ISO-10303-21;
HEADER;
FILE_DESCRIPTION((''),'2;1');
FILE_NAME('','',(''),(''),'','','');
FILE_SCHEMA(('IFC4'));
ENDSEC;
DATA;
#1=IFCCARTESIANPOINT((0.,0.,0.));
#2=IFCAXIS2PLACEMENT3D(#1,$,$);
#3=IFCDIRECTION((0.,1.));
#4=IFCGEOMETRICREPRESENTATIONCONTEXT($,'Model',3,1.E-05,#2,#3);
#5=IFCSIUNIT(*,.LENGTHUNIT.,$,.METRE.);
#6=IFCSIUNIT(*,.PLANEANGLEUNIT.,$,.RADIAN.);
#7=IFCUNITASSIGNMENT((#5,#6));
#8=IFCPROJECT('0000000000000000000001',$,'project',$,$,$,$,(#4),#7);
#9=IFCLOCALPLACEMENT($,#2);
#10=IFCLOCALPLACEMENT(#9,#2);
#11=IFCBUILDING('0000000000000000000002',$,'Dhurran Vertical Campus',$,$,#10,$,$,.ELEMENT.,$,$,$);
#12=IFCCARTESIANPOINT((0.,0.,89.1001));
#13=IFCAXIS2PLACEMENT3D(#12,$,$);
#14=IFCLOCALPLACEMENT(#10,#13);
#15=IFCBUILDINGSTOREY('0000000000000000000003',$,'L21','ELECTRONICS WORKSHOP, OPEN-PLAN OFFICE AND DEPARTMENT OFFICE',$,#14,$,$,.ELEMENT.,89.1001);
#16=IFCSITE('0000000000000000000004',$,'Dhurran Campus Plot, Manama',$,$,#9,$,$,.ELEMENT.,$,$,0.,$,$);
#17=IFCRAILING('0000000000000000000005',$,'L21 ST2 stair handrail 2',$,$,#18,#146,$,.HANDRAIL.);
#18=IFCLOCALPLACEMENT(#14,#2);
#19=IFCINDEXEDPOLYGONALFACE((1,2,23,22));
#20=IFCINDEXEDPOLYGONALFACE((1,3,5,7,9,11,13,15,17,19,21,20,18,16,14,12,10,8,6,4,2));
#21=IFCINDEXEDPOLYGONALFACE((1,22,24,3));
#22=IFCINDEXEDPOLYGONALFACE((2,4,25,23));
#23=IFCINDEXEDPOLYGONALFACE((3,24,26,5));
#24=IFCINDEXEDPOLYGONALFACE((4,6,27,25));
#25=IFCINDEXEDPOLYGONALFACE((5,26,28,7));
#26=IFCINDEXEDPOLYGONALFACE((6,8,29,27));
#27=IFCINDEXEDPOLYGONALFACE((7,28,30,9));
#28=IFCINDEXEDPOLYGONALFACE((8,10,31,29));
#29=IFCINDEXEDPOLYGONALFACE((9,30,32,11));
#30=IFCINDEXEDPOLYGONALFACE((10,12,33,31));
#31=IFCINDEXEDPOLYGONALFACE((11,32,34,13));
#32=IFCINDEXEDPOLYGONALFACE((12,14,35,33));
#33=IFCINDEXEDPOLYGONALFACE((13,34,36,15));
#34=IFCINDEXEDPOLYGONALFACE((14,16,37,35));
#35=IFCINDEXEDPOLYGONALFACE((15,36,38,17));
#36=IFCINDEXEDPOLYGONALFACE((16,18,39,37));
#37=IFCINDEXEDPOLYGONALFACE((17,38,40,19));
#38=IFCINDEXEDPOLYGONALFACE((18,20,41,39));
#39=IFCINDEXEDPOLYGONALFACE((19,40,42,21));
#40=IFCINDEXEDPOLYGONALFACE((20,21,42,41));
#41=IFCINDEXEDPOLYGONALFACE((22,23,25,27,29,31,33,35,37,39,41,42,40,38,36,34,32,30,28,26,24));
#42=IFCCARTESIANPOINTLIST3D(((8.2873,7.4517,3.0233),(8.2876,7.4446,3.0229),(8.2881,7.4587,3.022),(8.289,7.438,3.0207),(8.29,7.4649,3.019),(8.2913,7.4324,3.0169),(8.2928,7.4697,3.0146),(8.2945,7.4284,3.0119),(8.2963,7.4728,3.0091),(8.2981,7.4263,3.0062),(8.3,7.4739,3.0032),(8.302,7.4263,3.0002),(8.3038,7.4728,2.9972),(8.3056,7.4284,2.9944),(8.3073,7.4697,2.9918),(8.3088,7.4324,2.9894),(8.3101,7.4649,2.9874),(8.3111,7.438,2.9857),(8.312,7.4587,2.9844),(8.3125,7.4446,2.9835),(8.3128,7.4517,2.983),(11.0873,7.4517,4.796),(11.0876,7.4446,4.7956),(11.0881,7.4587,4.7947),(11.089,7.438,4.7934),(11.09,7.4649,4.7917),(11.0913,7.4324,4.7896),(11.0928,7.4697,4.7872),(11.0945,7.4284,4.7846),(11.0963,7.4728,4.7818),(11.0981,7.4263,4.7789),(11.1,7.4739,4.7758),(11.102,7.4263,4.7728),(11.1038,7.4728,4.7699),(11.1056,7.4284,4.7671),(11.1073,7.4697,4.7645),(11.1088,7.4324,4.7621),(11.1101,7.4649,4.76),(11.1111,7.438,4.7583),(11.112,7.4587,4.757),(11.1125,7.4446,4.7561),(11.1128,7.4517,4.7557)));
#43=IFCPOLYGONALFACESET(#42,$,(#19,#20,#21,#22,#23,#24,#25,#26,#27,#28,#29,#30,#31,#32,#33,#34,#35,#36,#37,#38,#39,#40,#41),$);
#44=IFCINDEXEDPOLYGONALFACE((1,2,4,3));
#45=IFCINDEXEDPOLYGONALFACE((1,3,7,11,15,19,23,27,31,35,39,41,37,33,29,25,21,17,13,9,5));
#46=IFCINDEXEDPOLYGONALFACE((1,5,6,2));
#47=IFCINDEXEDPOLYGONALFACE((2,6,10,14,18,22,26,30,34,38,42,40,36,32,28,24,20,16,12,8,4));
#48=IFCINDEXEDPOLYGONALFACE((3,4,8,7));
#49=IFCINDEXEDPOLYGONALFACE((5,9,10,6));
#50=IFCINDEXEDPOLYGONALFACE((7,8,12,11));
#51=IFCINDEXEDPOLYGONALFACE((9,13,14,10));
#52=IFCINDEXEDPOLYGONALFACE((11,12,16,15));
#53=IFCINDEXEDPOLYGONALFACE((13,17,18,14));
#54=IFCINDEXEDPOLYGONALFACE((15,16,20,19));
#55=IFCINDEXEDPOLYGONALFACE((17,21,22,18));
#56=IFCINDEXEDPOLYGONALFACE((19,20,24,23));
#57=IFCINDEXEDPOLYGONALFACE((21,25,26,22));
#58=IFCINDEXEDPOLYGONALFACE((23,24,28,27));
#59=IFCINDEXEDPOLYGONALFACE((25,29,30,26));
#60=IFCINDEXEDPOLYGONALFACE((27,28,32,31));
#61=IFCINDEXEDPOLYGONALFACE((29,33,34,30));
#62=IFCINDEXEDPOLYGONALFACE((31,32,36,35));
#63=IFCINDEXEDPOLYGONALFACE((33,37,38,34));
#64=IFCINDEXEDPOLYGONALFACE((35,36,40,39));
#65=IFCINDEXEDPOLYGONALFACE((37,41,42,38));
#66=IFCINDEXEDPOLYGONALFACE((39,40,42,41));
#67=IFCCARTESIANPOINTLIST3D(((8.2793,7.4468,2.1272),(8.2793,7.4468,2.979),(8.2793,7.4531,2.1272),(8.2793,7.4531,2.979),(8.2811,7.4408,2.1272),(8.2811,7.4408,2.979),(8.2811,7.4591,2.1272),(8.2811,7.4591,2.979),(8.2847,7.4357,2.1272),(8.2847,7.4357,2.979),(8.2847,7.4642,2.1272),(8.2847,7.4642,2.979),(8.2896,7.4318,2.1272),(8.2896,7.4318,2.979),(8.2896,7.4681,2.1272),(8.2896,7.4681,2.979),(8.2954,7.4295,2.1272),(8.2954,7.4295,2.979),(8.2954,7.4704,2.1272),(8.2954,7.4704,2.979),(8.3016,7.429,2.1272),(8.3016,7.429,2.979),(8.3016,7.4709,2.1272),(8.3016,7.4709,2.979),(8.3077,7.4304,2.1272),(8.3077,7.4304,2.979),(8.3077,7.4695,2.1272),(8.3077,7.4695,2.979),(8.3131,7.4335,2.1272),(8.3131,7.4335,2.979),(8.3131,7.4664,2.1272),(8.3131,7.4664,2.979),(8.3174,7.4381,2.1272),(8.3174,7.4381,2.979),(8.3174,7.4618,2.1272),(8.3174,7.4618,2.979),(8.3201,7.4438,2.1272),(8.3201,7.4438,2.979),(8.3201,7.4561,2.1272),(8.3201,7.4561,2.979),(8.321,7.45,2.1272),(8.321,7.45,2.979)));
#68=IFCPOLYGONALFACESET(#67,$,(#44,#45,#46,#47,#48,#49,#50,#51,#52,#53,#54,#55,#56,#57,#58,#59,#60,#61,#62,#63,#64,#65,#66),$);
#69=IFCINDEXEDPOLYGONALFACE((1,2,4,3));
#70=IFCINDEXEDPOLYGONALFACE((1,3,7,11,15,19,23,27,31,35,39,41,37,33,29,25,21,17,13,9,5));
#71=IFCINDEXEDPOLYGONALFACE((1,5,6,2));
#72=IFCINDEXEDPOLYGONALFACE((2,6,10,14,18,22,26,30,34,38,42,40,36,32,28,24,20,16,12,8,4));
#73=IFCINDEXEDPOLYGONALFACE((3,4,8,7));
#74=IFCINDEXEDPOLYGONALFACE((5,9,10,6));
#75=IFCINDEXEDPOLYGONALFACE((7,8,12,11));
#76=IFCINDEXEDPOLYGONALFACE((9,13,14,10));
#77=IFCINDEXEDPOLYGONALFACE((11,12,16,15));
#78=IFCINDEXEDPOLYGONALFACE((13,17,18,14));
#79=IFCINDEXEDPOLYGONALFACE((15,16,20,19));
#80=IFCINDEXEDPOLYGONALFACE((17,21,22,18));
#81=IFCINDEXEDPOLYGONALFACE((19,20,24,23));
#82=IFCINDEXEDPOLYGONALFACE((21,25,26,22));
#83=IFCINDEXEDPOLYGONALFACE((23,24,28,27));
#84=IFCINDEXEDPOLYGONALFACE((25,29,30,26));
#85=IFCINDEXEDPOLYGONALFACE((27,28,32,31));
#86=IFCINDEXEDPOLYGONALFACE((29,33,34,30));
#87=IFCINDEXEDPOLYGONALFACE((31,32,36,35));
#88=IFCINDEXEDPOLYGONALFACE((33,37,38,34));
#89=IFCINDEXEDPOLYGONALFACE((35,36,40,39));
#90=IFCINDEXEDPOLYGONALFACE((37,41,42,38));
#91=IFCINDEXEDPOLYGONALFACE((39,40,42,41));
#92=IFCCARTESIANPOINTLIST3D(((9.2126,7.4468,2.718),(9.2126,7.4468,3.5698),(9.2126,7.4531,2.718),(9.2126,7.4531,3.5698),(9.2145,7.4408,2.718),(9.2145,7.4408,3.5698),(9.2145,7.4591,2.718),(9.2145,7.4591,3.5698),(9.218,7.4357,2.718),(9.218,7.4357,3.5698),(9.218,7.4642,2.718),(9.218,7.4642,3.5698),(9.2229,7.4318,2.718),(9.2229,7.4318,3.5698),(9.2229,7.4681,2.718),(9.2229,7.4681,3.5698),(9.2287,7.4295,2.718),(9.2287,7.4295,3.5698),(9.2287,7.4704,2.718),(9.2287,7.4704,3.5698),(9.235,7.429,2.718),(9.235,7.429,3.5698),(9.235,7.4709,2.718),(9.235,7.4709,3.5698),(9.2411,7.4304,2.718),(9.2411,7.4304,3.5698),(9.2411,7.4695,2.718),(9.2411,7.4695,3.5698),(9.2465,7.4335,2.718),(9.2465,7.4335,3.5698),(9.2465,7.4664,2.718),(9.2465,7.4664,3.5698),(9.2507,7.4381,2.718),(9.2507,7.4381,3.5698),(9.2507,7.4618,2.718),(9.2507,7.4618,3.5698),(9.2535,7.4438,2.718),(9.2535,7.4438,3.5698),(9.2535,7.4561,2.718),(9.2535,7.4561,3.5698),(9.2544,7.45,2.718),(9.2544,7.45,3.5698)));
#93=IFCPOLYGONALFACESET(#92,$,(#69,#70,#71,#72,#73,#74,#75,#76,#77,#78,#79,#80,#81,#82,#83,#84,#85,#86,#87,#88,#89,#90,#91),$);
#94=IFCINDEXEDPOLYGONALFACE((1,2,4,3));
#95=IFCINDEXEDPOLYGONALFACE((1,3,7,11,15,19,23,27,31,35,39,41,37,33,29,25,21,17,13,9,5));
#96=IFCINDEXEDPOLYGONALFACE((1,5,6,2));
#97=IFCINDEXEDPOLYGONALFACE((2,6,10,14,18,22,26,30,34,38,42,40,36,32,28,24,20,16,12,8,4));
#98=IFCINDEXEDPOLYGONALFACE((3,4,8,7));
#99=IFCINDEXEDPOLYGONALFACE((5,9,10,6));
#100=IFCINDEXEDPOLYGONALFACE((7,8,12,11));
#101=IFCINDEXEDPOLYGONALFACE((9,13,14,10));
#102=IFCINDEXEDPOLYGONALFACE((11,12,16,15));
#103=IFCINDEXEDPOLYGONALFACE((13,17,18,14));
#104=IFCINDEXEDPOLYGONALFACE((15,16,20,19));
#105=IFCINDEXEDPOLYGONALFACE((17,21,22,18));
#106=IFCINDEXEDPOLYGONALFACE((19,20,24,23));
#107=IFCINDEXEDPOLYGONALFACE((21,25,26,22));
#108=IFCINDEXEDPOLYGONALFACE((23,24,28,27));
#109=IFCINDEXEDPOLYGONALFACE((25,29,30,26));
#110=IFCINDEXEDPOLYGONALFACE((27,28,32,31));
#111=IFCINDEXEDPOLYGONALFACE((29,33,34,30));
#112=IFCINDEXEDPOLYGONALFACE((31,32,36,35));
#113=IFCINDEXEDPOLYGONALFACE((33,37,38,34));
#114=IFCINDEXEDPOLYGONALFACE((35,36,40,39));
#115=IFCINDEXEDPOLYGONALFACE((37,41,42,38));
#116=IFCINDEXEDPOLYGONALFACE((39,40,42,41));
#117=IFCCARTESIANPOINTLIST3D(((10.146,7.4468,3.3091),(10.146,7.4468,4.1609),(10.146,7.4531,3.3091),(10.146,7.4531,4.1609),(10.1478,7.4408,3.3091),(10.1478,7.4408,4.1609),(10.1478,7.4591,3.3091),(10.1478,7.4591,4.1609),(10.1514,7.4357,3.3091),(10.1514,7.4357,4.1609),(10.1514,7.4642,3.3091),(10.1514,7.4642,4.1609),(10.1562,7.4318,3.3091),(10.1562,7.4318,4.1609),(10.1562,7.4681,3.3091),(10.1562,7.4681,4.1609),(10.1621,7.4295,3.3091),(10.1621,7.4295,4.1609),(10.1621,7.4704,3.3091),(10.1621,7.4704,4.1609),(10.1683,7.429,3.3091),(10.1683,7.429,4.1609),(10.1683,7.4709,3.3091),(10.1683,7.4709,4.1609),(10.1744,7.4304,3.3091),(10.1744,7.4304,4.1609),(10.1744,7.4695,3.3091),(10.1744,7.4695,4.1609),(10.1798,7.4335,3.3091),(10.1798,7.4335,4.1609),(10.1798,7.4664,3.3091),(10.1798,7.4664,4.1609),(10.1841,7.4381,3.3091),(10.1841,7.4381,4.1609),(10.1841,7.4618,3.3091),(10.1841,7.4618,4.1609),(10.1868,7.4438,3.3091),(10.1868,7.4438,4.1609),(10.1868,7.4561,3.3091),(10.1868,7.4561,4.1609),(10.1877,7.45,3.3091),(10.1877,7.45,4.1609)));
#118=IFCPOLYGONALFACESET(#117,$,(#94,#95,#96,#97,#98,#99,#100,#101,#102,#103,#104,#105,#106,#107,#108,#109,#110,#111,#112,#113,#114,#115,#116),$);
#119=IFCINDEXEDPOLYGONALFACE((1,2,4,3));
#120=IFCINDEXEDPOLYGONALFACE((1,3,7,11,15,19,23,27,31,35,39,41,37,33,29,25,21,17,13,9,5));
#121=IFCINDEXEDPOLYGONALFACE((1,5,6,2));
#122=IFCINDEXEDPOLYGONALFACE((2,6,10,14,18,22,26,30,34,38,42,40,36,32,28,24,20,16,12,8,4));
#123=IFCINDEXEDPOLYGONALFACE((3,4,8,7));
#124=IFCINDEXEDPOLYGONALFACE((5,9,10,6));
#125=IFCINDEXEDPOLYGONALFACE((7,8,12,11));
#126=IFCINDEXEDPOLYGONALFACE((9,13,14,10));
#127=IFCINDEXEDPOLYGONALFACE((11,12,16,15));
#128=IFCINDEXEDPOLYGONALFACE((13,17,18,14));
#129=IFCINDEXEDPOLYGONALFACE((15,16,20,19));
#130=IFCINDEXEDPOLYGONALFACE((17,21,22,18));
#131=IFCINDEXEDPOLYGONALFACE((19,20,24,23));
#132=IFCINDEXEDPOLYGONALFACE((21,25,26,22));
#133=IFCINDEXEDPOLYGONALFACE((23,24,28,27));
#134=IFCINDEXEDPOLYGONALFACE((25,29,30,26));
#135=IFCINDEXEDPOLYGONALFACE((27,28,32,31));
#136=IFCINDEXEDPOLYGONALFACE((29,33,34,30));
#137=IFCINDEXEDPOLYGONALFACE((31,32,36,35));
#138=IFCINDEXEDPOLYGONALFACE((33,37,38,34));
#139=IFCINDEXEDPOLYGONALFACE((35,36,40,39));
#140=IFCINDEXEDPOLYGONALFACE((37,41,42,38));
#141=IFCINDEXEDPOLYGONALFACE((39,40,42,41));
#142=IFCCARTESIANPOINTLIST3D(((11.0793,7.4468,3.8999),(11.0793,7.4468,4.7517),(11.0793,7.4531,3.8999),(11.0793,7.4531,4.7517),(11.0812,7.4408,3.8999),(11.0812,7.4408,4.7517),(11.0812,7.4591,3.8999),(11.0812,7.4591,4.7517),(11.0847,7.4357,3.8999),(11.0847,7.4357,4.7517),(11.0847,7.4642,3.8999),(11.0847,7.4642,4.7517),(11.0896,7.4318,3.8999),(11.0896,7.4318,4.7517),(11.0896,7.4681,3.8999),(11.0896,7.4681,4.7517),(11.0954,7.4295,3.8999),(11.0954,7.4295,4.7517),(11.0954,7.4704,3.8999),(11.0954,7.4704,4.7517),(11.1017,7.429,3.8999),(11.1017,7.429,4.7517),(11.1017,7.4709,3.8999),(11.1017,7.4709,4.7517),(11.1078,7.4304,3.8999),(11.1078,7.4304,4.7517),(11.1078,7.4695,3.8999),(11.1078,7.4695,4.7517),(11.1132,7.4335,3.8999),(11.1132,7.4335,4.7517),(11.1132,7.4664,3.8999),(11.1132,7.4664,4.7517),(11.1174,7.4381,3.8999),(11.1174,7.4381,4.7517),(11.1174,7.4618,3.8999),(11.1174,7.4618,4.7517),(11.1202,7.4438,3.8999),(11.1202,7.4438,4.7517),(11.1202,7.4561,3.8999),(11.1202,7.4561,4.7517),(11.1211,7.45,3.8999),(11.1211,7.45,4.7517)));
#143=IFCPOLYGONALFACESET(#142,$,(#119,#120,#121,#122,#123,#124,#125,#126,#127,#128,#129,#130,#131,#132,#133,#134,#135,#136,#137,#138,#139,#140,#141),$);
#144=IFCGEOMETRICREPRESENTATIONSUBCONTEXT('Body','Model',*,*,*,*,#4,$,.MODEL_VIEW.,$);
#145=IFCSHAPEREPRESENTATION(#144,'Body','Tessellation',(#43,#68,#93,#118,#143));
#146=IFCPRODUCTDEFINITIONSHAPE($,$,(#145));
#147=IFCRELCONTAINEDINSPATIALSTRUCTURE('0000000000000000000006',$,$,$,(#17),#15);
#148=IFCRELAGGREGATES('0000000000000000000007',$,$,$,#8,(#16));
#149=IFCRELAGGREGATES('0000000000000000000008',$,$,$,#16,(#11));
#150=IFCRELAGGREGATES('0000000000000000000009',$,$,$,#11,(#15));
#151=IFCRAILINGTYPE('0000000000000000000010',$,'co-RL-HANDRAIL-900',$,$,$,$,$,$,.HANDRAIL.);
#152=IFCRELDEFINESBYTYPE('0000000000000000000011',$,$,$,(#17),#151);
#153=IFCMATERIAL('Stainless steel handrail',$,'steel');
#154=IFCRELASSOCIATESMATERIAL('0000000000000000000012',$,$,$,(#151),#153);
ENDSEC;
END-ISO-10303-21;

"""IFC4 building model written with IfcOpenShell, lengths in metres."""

from ifc_helpers import new_model, si_unit, direction, frame, origin, origin_2d, place, context, subcontext, project, spatial, circle, extrude, material, type_object, element, save


model = new_model("IFC4")

# Units and contexts
model_context = context("Model", 3, precision=1e-05, world=origin(), true_north=direction((0.0, 1.0)))
body_context = subcontext(model_context, "Body", "Model", "MODEL_VIEW")
ifc_project = project(units=[si_unit("LENGTHUNIT", "METRE"), si_unit("PLANEANGLEUNIT", "RADIAN")], contexts=[model_context])

# Site, building, storey
site_placement = place(None, origin())
site = spatial("IfcSite", under=ifc_project, at=site_placement, Name="Dhurran Campus Plot, Manama", CompositionType="ELEMENT", RefElevation=0.0)
building_placement = place(site_placement, origin())
building = spatial("IfcBuilding", under=site, at=building_placement, Name="Dhurran Vertical Campus", CompositionType="ELEMENT")
storey_placement = place(building_placement, frame((0.0, 0.0, 89.1001)))
storey = spatial("IfcBuildingStorey", under=building, at=storey_placement, Name="L21", Description="ELECTRONICS WORKSHOP, OPEN-PLAN OFFICE AND DEPARTMENT OFFICE", CompositionType="ELEMENT", Elevation=89.1001)

# Railing
ifc_material_1 = material(Name="Stainless steel handrail", Category="steel")
railing_type_1 = type_object("IfcRailingType", Name="co-RL-HANDRAIL-900", PredefinedType="HANDRAIL", material=ifc_material_1)
railing_1_placement = place(storey_placement, frame((8.3, 7.45, 2.1272)))
element("IfcRailing", 1, at=railing_1_placement, inside=storey, type_object=railing_type_1, Name="L21 ST2 stair handrail 2", PredefinedType="HANDRAIL", context=body_context, shape_type="SweptSolid", body=[
    extrude(circle(Radius=0.0239, at=origin_2d()), frame((0.0, 0.0, 0.876), z_axis=(0.844909, 0.0, 0.53491), x_axis=(0.0, 1.0, 0.0)), (0.0, 0.0, 1.0), 3.314),
    extrude(circle(Radius=0.021, at=origin_2d()), origin(), (0.0, 0.0, 1.0), 0.8518),
    extrude(circle(Radius=0.021, at=origin_2d()), frame((0.9333, 0.0, 0.5908)), (0.0, 0.0, 1.0), 0.8518),
    extrude(circle(Radius=0.021, at=origin_2d()), frame((1.8667, 0.0, 1.1819)), (0.0, 0.0, 1.0), 0.8518),
    extrude(circle(Radius=0.021, at=origin_2d()), frame((2.8, 0.0, 1.7727)), (0.0, 0.0, 1.0), 0.8518),
])

save(model, "model.ifc")
